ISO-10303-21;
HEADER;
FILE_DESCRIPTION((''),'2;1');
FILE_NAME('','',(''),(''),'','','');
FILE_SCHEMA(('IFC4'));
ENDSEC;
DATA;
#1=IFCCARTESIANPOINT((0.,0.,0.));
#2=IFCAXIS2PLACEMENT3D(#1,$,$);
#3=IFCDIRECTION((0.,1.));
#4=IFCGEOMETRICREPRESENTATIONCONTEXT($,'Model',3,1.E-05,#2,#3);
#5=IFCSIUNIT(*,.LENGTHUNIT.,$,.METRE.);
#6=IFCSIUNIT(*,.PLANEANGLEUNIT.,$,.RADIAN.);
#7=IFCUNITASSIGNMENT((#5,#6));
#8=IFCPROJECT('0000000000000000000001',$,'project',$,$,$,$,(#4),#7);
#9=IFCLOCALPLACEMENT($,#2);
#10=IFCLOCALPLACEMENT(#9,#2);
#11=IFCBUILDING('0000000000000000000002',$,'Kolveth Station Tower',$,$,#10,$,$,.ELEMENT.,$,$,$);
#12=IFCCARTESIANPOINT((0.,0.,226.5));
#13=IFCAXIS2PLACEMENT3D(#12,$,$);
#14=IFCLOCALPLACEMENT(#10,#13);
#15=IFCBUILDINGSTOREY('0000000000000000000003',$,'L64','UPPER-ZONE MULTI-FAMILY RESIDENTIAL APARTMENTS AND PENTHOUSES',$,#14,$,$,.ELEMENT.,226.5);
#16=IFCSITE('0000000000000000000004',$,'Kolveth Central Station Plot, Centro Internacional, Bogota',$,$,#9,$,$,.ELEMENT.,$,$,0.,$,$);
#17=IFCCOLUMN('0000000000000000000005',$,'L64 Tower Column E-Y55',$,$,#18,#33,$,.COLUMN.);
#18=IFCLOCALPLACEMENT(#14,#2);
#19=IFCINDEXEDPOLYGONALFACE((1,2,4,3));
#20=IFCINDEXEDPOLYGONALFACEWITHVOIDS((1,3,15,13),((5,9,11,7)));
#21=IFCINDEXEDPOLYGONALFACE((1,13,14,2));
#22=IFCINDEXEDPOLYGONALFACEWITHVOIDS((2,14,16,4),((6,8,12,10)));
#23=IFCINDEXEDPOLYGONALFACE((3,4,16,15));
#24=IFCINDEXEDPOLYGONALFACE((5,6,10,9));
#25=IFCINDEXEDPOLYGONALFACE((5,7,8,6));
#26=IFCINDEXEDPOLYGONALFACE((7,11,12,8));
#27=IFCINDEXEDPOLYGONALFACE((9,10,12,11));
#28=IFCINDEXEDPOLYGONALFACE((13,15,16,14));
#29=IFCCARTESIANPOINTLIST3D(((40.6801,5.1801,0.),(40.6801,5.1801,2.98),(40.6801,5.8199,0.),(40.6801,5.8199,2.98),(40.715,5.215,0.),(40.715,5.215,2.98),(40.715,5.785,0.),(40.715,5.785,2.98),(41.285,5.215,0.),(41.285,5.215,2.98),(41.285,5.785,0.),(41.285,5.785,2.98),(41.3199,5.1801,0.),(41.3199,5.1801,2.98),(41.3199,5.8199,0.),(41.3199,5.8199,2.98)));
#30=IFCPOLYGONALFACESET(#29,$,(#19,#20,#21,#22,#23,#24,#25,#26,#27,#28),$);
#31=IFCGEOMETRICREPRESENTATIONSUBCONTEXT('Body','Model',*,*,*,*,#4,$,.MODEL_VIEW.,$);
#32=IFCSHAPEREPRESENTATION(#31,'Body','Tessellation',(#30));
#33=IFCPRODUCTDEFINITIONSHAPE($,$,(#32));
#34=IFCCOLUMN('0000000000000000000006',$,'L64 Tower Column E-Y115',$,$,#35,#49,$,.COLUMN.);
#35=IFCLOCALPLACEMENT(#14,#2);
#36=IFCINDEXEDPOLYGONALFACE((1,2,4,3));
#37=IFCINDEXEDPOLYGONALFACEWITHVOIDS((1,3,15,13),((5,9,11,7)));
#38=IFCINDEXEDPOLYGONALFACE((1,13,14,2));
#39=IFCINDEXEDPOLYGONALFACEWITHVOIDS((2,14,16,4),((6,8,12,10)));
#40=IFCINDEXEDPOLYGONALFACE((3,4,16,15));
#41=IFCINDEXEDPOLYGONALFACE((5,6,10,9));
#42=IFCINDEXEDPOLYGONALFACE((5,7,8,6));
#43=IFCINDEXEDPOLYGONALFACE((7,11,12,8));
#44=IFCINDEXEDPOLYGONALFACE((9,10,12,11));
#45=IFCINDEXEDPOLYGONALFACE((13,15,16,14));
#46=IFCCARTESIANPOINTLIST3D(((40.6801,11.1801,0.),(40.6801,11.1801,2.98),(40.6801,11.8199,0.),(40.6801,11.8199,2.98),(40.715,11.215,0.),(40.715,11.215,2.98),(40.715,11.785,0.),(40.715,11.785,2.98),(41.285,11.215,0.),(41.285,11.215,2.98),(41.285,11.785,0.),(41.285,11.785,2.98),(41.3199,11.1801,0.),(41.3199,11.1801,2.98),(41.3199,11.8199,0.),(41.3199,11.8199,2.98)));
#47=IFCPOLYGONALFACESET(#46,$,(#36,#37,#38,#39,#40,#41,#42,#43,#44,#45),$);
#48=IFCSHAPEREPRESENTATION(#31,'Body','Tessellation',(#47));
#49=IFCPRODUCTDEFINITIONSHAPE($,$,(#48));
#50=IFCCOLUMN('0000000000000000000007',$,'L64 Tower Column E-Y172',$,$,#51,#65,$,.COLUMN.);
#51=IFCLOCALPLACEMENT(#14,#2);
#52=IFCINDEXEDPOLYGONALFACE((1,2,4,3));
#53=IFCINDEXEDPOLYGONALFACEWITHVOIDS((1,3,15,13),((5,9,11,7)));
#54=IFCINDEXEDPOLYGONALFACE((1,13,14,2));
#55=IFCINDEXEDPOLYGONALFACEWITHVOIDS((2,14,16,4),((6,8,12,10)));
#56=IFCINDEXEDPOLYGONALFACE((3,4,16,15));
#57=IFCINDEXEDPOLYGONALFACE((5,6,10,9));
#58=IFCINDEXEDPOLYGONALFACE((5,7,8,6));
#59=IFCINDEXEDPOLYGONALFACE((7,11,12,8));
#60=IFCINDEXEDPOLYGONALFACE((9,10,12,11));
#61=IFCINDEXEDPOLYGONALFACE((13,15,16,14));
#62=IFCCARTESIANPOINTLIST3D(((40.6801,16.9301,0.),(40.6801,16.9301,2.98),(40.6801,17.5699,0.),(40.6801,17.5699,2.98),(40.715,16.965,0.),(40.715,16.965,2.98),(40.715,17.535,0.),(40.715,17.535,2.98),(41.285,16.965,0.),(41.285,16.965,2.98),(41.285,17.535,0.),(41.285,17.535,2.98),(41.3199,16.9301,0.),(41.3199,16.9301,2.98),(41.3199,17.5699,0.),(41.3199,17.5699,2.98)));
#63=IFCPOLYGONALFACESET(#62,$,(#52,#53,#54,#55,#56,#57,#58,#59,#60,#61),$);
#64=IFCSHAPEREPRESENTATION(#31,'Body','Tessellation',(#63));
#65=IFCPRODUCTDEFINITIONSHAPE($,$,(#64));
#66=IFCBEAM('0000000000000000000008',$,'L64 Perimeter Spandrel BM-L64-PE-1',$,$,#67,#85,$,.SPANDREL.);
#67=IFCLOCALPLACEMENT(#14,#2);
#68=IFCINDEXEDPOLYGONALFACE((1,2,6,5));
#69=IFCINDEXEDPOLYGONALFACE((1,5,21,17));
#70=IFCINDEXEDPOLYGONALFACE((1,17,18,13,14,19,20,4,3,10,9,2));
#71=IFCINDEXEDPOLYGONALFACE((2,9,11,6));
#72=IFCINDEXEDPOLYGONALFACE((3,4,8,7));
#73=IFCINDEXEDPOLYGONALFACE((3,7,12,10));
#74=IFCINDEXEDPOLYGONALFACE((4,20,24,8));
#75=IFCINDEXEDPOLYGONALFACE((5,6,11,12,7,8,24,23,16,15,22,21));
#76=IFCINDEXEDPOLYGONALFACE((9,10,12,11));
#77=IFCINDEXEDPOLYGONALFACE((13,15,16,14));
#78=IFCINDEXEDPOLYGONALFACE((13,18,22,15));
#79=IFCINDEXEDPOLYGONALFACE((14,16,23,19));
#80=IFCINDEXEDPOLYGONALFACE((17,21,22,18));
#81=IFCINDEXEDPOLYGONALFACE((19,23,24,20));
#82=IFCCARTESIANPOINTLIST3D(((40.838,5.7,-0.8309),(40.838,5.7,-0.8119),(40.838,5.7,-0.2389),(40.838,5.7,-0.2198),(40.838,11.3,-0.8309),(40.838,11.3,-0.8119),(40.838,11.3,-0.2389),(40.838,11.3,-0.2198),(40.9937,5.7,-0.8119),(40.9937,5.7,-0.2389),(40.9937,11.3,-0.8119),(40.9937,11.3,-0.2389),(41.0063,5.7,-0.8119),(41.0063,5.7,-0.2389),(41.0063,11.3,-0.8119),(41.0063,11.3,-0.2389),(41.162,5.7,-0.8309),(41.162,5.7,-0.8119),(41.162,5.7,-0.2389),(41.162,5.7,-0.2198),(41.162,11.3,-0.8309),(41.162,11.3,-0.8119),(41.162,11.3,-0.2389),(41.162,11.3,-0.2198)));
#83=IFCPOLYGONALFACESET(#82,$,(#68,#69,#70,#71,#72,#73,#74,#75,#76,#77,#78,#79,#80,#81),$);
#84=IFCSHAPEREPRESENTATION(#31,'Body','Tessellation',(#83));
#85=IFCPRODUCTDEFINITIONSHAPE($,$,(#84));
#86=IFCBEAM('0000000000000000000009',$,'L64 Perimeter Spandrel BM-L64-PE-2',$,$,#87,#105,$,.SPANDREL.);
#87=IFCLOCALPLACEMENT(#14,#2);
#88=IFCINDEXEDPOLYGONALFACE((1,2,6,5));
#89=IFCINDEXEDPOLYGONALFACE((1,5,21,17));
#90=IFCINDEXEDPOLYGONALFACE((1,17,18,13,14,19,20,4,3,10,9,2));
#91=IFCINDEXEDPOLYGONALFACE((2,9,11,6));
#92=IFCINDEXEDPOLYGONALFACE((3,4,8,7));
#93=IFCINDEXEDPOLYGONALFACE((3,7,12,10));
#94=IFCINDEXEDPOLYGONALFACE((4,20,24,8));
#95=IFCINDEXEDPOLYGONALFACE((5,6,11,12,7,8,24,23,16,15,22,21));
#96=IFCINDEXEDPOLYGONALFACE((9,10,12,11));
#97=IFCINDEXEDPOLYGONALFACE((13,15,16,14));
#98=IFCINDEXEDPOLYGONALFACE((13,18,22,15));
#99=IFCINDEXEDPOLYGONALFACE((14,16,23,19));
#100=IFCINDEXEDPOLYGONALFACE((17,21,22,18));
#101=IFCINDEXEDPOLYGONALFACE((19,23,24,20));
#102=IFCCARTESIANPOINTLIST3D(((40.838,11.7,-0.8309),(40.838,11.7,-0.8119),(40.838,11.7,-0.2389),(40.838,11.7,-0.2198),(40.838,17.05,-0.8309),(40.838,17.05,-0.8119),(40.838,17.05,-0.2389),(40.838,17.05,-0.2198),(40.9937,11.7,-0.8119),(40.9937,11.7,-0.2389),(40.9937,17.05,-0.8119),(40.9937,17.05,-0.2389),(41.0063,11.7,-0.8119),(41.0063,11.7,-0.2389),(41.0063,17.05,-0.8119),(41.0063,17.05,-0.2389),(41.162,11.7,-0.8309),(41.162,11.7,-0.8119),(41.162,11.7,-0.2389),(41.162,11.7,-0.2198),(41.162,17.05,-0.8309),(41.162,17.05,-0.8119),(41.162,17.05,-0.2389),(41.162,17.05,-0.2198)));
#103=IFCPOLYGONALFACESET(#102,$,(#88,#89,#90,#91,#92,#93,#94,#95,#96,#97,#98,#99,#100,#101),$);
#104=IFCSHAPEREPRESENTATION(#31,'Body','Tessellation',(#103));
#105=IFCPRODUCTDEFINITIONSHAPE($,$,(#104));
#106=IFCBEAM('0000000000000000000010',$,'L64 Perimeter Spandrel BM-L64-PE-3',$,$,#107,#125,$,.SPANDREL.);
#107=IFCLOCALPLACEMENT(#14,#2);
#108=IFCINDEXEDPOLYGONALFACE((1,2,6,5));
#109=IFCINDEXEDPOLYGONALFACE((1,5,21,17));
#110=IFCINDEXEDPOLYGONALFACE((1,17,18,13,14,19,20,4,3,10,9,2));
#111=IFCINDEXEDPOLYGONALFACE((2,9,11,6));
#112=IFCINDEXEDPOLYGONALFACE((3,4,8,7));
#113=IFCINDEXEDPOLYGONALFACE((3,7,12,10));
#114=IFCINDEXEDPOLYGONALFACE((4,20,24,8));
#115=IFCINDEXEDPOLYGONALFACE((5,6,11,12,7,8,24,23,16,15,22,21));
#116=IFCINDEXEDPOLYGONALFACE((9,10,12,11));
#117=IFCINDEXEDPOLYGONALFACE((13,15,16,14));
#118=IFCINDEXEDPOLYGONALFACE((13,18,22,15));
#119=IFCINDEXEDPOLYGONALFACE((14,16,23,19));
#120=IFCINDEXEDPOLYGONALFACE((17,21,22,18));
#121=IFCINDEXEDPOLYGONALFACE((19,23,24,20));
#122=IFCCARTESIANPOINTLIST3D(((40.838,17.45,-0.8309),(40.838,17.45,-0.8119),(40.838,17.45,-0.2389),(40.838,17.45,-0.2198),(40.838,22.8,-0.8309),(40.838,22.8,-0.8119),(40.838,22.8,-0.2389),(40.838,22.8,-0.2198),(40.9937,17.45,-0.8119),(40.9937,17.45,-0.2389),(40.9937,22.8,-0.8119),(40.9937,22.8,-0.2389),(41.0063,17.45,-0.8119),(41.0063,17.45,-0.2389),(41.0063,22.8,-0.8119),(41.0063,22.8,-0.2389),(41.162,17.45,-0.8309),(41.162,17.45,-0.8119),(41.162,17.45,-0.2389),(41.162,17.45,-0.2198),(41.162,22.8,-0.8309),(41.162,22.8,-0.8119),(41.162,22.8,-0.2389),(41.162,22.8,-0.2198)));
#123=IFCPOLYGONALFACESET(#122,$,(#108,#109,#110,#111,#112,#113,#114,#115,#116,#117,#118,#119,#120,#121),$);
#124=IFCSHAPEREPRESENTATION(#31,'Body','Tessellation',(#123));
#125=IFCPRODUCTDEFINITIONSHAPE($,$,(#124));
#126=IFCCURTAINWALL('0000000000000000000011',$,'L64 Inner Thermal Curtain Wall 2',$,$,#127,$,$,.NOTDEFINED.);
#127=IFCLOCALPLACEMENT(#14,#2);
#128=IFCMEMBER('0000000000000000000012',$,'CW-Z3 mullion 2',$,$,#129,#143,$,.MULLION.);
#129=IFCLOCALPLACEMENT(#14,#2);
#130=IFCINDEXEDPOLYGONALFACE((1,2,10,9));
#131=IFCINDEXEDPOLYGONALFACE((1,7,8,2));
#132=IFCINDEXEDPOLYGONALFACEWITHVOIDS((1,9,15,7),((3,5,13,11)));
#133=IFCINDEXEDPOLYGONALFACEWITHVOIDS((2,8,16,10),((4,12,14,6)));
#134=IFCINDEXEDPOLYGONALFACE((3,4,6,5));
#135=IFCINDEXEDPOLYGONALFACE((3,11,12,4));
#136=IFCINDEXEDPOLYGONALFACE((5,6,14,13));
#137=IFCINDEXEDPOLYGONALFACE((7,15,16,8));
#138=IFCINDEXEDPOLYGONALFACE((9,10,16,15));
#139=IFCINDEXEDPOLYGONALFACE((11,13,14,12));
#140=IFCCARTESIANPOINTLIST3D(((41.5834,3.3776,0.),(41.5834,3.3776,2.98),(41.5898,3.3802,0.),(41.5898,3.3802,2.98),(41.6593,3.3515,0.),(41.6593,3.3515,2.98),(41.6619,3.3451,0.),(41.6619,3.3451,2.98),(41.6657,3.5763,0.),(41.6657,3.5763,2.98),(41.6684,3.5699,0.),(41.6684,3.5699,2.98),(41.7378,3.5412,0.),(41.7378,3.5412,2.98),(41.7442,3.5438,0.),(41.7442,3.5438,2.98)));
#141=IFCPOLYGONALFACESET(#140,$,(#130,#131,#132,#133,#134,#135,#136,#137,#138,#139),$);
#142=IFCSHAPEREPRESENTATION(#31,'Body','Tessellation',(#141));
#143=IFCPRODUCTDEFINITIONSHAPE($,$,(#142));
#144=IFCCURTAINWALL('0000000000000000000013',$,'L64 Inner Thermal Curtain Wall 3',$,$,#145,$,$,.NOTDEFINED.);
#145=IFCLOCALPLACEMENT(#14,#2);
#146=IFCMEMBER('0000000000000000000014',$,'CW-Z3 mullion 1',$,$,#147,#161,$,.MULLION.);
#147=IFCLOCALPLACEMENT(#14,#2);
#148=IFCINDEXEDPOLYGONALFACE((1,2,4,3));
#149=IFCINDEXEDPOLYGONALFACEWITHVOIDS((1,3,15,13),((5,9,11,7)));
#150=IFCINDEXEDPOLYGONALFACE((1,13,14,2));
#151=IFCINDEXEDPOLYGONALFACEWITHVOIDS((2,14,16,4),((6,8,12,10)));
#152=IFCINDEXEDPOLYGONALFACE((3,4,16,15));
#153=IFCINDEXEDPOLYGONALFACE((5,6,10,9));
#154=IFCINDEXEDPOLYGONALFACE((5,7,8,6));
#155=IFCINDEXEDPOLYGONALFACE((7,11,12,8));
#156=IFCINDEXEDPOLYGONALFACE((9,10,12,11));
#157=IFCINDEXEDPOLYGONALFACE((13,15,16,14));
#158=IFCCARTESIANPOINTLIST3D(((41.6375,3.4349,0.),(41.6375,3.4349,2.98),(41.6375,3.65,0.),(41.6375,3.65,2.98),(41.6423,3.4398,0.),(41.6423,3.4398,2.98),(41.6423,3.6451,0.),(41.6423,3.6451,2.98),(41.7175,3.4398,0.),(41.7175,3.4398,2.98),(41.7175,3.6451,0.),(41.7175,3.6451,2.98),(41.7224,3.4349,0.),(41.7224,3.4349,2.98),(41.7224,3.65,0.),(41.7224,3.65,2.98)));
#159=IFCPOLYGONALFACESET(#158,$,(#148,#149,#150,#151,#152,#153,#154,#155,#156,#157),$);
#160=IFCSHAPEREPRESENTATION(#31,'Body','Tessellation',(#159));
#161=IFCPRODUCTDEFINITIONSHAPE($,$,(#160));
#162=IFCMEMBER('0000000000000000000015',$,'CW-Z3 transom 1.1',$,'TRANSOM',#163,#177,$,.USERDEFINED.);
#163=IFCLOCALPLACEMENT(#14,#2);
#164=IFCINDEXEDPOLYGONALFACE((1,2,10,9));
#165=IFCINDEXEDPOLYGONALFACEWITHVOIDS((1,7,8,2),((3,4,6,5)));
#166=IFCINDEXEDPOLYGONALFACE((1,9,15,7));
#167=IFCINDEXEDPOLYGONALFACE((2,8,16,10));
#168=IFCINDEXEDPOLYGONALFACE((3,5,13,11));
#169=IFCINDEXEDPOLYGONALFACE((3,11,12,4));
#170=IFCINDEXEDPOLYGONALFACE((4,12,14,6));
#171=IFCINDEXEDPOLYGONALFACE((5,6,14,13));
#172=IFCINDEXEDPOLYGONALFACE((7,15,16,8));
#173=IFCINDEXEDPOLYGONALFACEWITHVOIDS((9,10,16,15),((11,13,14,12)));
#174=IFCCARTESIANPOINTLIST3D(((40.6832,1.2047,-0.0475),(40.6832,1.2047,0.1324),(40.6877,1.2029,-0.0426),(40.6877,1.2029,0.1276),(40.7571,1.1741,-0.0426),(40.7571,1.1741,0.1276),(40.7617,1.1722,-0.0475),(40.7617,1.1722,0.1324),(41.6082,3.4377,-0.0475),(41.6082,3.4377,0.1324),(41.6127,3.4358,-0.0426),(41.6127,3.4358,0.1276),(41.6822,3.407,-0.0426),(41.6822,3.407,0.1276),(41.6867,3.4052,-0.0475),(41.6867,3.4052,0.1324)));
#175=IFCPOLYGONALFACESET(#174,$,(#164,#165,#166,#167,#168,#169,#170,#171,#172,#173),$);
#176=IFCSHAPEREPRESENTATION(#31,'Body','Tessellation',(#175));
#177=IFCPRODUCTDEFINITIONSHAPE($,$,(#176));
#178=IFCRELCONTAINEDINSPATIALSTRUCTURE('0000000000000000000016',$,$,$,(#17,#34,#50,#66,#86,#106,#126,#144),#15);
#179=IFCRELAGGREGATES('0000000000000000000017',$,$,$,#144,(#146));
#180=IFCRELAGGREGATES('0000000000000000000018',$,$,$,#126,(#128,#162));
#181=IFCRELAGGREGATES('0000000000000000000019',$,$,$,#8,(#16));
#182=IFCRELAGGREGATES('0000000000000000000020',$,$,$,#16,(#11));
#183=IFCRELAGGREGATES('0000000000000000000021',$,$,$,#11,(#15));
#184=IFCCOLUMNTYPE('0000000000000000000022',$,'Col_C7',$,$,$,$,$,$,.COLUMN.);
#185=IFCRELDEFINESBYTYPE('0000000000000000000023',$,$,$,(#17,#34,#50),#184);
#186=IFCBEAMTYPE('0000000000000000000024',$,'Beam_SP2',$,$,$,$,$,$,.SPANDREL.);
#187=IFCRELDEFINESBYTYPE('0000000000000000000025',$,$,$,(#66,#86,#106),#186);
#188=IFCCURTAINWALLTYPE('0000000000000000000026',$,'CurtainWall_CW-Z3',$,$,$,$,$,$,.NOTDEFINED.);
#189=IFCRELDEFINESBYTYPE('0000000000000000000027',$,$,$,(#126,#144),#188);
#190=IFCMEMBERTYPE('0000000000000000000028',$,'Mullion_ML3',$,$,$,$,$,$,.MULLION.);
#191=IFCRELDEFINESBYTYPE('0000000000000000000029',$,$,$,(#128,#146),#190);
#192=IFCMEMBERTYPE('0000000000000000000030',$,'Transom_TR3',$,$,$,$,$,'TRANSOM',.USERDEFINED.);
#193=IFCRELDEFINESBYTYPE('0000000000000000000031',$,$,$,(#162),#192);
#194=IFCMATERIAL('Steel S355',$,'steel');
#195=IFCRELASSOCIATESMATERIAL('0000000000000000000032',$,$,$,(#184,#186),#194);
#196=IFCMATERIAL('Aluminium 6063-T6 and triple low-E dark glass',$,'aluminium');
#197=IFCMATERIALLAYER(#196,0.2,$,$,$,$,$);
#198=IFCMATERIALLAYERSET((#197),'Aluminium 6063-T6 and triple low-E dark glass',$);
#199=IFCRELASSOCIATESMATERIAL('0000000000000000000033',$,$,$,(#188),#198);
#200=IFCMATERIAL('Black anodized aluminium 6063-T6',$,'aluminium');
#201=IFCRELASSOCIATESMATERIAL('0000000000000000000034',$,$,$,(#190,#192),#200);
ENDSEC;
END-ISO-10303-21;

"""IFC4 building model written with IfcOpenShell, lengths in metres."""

from ifc_helpers import new_model, si_unit, direction, frame, origin, origin_2d, place, context, subcontext, project, spatial, hollow_rectangle, i_section, extrude, source, transform, mapped, material, layer, layer_set, material_profile, profile_set, type_object, element, aggregate, save


model = new_model("IFC4")

# Units and contexts
model_context = context("Model", 3, precision=1e-05, world=origin(), true_north=direction((0.0, 1.0)))
body_context = subcontext(model_context, "Body", "Model", "MODEL_VIEW")
ifc_project = project(units=[si_unit("LENGTHUNIT", "METRE"), si_unit("PLANEANGLEUNIT", "RADIAN")], contexts=[model_context])

# Site, building, storey
site_placement = place(None, origin())
site = spatial("IfcSite", under=ifc_project, at=site_placement, Name="Kolveth Central Station Plot, Centro Internacional, Bogota", CompositionType="ELEMENT", RefElevation=0.0)
building_placement = place(site_placement, origin())
building = spatial("IfcBuilding", under=site, at=building_placement, Name="Kolveth Station Tower", CompositionType="ELEMENT")
storey_placement = place(building_placement, frame((0.0, 0.0, 226.5)))
storey = spatial("IfcBuildingStorey", under=building, at=storey_placement, Name="L64", Description="UPPER-ZONE MULTI-FAMILY RESIDENTIAL APARTMENTS AND PENTHOUSES", CompositionType="ELEMENT", Elevation=226.5)

# Columns
ifc_material_1 = material(Name="Steel S355", Category="steel")
ifc_material_profile_1 = material_profile(ifc_material_1, hollow_rectangle(XDim=0.6399, YDim=0.6399, WallThickness=0.0349, at=origin_2d()), Name="BOX640x640x35")
ifc_profile_set_1 = profile_set([ifc_material_profile_1], Name="Steel S355")
column_type = type_object("IfcColumnType", Name="Col_C7", PredefinedType="COLUMN", material=ifc_profile_set_1)
shared_shape_1 = source(origin(), body_context, "Body", "SweptSolid", [
    extrude(hollow_rectangle(XDim=0.6399, YDim=0.6399, WallThickness=0.0349, at=origin_2d()), origin(), (0.0, 0.0, 1.0), 2.98),
])
for number, where, z_axis, x_axis, name in (
    (1, (41.0, 5.5, 0.0), (0.0, 0.0, 1.0), (1.0, 0.0, 0.0), "L64 Tower Column E-Y55"),
    (2, (41.0, 11.5, 0.0), (0.0, 0.0, 1.0), (1.0, 0.0, 0.0), "L64 Tower Column E-Y115"),
    (3, (41.0, 17.25, 0.0), (0.0, 0.0, 1.0), (1.0, 0.0, 0.0), "L64 Tower Column E-Y172"),
):
    element("IfcColumn", number, at=place(storey_placement, frame(where, z_axis=z_axis, x_axis=x_axis)), inside=storey, type_object=column_type, Name=name, PredefinedType="COLUMN", context=body_context, shape_type="MappedRepresentation", body=[
        mapped(shared_shape_1, transform((0.0, 0.0, 0.0), x_axis=(1.0, 0.0, 0.0), y_axis=(0.0, 1.0, 0.0), z_axis=(0.0, 0.0, 1.0), scale=1.0)),
    ])

# Beams
ifc_material_profile_2 = material_profile(ifc_material_1, i_section(OverallWidth=0.324, OverallDepth=0.6111, WebThickness=0.0127, FlangeThickness=0.019, at=origin_2d()), Name="W610x155")
ifc_profile_set_2 = profile_set([ifc_material_profile_2], Name="Steel S355")
beam_type = type_object("IfcBeamType", Name="Beam_SP2", PredefinedType="SPANDREL", material=ifc_profile_set_2)
shared_shape_2 = source(origin(), body_context, "Body", "SweptSolid", [
    extrude(i_section(OverallWidth=0.324, OverallDepth=0.6111, WebThickness=0.0127, FlangeThickness=0.019, at=origin_2d()), origin(), (0.0, 0.0, 1.0), 5.6001),
])
beam_placement = place(storey_placement, frame((41.0, 5.7, -0.5254), z_axis=(0.0, 1.0, 0.0), x_axis=(-1.0, 0.0, 0.0)))
element("IfcBeam", 4, at=beam_placement, inside=storey, type_object=beam_type, Name="L64 Perimeter Spandrel BM-L64-PE-1", PredefinedType="SPANDREL", context=body_context, shape_type="MappedRepresentation", body=[
    mapped(shared_shape_2, transform((0.0, 0.0, 0.0), x_axis=(1.0, 0.0, 0.0), y_axis=(0.0, 1.0, 0.0), z_axis=(0.0, 0.0, 1.0), scale=1.0)),
])
shared_shape_3 = source(origin(), body_context, "Body", "SweptSolid", [
    extrude(i_section(OverallWidth=0.324, OverallDepth=0.6111, WebThickness=0.0127, FlangeThickness=0.019, at=origin_2d()), origin(), (0.0, 0.0, 1.0), 5.3501),
])
for number, where, z_axis, x_axis, name in (
    (5, (41.0, 11.7, -0.5254), (0.0, 1.0, 0.0), (-1.0, 0.0, 0.0), "L64 Perimeter Spandrel BM-L64-PE-2"),
    (6, (41.0, 17.45, -0.5254), (0.0, 1.0, 0.0), (-1.0, 0.0, 0.0), "L64 Perimeter Spandrel BM-L64-PE-3"),
):
    element("IfcBeam", number, at=place(storey_placement, frame(where, z_axis=z_axis, x_axis=x_axis)), inside=storey, type_object=beam_type, Name=name, PredefinedType="SPANDREL", context=body_context, shape_type="MappedRepresentation", body=[
        mapped(shared_shape_3, transform((0.0, 0.0, 0.0), x_axis=(1.0, 0.0, 0.0), y_axis=(0.0, 1.0, 0.0), z_axis=(0.0, 0.0, 1.0), scale=1.0)),
    ])

# Curtain walls, members
ifc_material_2 = material(Name="Aluminium 6063-T6 and triple low-E dark glass", Category="aluminium")
ifc_layer_1 = layer(ifc_material_2, 0.2)
ifc_layer_set_1 = layer_set([ifc_layer_1], Name="Aluminium 6063-T6 and triple low-E dark glass")
curtain_wall_type_1 = type_object("IfcCurtainWallType", Name="CurtainWall_CW-Z3", PredefinedType="NOTDEFINED", material=ifc_layer_set_1)
curtain_wall_1_placement = place(storey_placement, origin())
curtain_wall_1 = element("IfcCurtainWall", 7, at=curtain_wall_1_placement, inside=storey, type_object=curtain_wall_type_1, Name="L64 Inner Thermal Curtain Wall 2", PredefinedType="NOTDEFINED")
ifc_material_3 = material(Name="Black anodized aluminium 6063-T6", Category="aluminium")
ifc_material_profile_3 = material_profile(ifc_material_3, hollow_rectangle(XDim=0.085, YDim=0.2151, WallThickness=0.0049, at=origin_2d()), Name="ALU-85x215x5")
ifc_profile_set_3 = profile_set([ifc_material_profile_3], Name="Black anodized aluminium 6063-T6")
member_type_1 = type_object("IfcMemberType", Name="Mullion_ML3", PredefinedType="MULLION", material=ifc_profile_set_3)
shared_shape_4 = source(origin(), body_context, "Body", "SweptSolid", [
    extrude(hollow_rectangle(XDim=0.085, YDim=0.2151, WallThickness=0.0049, at=origin_2d()), origin(), (0.0, 0.0, 1.0), 2.98),
])
member_1_placement = place(storey_placement, frame((41.6638, 3.4607, 0.0), z_axis=(0.0, 0.0, 1.0), x_axis=(-0.923875, 0.382693, 0.0)))
member_1 = element("IfcMember", 8, at=member_1_placement, type_object=member_type_1, Name="CW-Z3 mullion 2", PredefinedType="MULLION", context=body_context, shape_type="MappedRepresentation", body=[
    mapped(shared_shape_4, transform((0.0, 0.0, 0.0), x_axis=(1.0, 0.0, 0.0), y_axis=(0.0, 1.0, 0.0), z_axis=(0.0, 0.0, 1.0), scale=1.0)),
])
curtain_wall_2_placement = place(storey_placement, origin())
curtain_wall_2 = element("IfcCurtainWall", 9, at=curtain_wall_2_placement, inside=storey, type_object=curtain_wall_type_1, Name="L64 Inner Thermal Curtain Wall 3", PredefinedType="NOTDEFINED")
member_2_placement = place(storey_placement, frame((41.6799, 3.5425, 0.0), z_axis=(0.0, 0.0, 1.0), x_axis=(-1.0, 0.0, 0.0)))
member_2 = element("IfcMember", 10, at=member_2_placement, type_object=member_type_1, Name="CW-Z3 mullion 1", PredefinedType="MULLION", context=body_context, shape_type="MappedRepresentation", body=[
    mapped(shared_shape_4, transform((0.0, 0.0, 0.0), x_axis=(1.0, 0.0, 0.0), y_axis=(0.0, 1.0, 0.0), z_axis=(0.0, 0.0, 1.0), scale=1.0)),
])

# Member
ifc_material_profile_4 = material_profile(ifc_material_3, hollow_rectangle(XDim=0.085, YDim=0.1799, WallThickness=0.0049, at=origin_2d()), Name="ALU-85x180x5")
ifc_profile_set_4 = profile_set([ifc_material_profile_4], Name="Black anodized aluminium 6063-T6")
member_type_2 = type_object("IfcMemberType", Name="Transom_TR3", ElementType="TRANSOM", PredefinedType="USERDEFINED", material=ifc_profile_set_4)
shared_shape_5 = source(origin(), body_context, "Body", "SweptSolid", [
    extrude(hollow_rectangle(XDim=0.085, YDim=0.1799, WallThickness=0.0049, at=origin_2d()), origin(), (0.0, 0.0, 1.0), 2.417),
])
member_3_placement = place(storey_placement, frame((40.7224, 1.1885, 0.0425), z_axis=(0.382735, 0.923858, 0.0), x_axis=(-0.923858, 0.382735, 0.0)))
member_3 = element("IfcMember", 11, at=member_3_placement, type_object=member_type_2, Name="CW-Z3 transom 1.1", ObjectType="TRANSOM", PredefinedType="USERDEFINED", context=body_context, shape_type="MappedRepresentation", body=[
    mapped(shared_shape_5, transform((0.0, 0.0, 0.0), x_axis=(1.0, 0.0, 0.0), y_axis=(0.0, 1.0, 0.0), z_axis=(0.0, 0.0, 1.0), scale=1.0)),
])
aggregate(curtain_wall_2, [member_2])

aggregate(curtain_wall_1, [member_1, member_3])

save(model, "model.ifc")
